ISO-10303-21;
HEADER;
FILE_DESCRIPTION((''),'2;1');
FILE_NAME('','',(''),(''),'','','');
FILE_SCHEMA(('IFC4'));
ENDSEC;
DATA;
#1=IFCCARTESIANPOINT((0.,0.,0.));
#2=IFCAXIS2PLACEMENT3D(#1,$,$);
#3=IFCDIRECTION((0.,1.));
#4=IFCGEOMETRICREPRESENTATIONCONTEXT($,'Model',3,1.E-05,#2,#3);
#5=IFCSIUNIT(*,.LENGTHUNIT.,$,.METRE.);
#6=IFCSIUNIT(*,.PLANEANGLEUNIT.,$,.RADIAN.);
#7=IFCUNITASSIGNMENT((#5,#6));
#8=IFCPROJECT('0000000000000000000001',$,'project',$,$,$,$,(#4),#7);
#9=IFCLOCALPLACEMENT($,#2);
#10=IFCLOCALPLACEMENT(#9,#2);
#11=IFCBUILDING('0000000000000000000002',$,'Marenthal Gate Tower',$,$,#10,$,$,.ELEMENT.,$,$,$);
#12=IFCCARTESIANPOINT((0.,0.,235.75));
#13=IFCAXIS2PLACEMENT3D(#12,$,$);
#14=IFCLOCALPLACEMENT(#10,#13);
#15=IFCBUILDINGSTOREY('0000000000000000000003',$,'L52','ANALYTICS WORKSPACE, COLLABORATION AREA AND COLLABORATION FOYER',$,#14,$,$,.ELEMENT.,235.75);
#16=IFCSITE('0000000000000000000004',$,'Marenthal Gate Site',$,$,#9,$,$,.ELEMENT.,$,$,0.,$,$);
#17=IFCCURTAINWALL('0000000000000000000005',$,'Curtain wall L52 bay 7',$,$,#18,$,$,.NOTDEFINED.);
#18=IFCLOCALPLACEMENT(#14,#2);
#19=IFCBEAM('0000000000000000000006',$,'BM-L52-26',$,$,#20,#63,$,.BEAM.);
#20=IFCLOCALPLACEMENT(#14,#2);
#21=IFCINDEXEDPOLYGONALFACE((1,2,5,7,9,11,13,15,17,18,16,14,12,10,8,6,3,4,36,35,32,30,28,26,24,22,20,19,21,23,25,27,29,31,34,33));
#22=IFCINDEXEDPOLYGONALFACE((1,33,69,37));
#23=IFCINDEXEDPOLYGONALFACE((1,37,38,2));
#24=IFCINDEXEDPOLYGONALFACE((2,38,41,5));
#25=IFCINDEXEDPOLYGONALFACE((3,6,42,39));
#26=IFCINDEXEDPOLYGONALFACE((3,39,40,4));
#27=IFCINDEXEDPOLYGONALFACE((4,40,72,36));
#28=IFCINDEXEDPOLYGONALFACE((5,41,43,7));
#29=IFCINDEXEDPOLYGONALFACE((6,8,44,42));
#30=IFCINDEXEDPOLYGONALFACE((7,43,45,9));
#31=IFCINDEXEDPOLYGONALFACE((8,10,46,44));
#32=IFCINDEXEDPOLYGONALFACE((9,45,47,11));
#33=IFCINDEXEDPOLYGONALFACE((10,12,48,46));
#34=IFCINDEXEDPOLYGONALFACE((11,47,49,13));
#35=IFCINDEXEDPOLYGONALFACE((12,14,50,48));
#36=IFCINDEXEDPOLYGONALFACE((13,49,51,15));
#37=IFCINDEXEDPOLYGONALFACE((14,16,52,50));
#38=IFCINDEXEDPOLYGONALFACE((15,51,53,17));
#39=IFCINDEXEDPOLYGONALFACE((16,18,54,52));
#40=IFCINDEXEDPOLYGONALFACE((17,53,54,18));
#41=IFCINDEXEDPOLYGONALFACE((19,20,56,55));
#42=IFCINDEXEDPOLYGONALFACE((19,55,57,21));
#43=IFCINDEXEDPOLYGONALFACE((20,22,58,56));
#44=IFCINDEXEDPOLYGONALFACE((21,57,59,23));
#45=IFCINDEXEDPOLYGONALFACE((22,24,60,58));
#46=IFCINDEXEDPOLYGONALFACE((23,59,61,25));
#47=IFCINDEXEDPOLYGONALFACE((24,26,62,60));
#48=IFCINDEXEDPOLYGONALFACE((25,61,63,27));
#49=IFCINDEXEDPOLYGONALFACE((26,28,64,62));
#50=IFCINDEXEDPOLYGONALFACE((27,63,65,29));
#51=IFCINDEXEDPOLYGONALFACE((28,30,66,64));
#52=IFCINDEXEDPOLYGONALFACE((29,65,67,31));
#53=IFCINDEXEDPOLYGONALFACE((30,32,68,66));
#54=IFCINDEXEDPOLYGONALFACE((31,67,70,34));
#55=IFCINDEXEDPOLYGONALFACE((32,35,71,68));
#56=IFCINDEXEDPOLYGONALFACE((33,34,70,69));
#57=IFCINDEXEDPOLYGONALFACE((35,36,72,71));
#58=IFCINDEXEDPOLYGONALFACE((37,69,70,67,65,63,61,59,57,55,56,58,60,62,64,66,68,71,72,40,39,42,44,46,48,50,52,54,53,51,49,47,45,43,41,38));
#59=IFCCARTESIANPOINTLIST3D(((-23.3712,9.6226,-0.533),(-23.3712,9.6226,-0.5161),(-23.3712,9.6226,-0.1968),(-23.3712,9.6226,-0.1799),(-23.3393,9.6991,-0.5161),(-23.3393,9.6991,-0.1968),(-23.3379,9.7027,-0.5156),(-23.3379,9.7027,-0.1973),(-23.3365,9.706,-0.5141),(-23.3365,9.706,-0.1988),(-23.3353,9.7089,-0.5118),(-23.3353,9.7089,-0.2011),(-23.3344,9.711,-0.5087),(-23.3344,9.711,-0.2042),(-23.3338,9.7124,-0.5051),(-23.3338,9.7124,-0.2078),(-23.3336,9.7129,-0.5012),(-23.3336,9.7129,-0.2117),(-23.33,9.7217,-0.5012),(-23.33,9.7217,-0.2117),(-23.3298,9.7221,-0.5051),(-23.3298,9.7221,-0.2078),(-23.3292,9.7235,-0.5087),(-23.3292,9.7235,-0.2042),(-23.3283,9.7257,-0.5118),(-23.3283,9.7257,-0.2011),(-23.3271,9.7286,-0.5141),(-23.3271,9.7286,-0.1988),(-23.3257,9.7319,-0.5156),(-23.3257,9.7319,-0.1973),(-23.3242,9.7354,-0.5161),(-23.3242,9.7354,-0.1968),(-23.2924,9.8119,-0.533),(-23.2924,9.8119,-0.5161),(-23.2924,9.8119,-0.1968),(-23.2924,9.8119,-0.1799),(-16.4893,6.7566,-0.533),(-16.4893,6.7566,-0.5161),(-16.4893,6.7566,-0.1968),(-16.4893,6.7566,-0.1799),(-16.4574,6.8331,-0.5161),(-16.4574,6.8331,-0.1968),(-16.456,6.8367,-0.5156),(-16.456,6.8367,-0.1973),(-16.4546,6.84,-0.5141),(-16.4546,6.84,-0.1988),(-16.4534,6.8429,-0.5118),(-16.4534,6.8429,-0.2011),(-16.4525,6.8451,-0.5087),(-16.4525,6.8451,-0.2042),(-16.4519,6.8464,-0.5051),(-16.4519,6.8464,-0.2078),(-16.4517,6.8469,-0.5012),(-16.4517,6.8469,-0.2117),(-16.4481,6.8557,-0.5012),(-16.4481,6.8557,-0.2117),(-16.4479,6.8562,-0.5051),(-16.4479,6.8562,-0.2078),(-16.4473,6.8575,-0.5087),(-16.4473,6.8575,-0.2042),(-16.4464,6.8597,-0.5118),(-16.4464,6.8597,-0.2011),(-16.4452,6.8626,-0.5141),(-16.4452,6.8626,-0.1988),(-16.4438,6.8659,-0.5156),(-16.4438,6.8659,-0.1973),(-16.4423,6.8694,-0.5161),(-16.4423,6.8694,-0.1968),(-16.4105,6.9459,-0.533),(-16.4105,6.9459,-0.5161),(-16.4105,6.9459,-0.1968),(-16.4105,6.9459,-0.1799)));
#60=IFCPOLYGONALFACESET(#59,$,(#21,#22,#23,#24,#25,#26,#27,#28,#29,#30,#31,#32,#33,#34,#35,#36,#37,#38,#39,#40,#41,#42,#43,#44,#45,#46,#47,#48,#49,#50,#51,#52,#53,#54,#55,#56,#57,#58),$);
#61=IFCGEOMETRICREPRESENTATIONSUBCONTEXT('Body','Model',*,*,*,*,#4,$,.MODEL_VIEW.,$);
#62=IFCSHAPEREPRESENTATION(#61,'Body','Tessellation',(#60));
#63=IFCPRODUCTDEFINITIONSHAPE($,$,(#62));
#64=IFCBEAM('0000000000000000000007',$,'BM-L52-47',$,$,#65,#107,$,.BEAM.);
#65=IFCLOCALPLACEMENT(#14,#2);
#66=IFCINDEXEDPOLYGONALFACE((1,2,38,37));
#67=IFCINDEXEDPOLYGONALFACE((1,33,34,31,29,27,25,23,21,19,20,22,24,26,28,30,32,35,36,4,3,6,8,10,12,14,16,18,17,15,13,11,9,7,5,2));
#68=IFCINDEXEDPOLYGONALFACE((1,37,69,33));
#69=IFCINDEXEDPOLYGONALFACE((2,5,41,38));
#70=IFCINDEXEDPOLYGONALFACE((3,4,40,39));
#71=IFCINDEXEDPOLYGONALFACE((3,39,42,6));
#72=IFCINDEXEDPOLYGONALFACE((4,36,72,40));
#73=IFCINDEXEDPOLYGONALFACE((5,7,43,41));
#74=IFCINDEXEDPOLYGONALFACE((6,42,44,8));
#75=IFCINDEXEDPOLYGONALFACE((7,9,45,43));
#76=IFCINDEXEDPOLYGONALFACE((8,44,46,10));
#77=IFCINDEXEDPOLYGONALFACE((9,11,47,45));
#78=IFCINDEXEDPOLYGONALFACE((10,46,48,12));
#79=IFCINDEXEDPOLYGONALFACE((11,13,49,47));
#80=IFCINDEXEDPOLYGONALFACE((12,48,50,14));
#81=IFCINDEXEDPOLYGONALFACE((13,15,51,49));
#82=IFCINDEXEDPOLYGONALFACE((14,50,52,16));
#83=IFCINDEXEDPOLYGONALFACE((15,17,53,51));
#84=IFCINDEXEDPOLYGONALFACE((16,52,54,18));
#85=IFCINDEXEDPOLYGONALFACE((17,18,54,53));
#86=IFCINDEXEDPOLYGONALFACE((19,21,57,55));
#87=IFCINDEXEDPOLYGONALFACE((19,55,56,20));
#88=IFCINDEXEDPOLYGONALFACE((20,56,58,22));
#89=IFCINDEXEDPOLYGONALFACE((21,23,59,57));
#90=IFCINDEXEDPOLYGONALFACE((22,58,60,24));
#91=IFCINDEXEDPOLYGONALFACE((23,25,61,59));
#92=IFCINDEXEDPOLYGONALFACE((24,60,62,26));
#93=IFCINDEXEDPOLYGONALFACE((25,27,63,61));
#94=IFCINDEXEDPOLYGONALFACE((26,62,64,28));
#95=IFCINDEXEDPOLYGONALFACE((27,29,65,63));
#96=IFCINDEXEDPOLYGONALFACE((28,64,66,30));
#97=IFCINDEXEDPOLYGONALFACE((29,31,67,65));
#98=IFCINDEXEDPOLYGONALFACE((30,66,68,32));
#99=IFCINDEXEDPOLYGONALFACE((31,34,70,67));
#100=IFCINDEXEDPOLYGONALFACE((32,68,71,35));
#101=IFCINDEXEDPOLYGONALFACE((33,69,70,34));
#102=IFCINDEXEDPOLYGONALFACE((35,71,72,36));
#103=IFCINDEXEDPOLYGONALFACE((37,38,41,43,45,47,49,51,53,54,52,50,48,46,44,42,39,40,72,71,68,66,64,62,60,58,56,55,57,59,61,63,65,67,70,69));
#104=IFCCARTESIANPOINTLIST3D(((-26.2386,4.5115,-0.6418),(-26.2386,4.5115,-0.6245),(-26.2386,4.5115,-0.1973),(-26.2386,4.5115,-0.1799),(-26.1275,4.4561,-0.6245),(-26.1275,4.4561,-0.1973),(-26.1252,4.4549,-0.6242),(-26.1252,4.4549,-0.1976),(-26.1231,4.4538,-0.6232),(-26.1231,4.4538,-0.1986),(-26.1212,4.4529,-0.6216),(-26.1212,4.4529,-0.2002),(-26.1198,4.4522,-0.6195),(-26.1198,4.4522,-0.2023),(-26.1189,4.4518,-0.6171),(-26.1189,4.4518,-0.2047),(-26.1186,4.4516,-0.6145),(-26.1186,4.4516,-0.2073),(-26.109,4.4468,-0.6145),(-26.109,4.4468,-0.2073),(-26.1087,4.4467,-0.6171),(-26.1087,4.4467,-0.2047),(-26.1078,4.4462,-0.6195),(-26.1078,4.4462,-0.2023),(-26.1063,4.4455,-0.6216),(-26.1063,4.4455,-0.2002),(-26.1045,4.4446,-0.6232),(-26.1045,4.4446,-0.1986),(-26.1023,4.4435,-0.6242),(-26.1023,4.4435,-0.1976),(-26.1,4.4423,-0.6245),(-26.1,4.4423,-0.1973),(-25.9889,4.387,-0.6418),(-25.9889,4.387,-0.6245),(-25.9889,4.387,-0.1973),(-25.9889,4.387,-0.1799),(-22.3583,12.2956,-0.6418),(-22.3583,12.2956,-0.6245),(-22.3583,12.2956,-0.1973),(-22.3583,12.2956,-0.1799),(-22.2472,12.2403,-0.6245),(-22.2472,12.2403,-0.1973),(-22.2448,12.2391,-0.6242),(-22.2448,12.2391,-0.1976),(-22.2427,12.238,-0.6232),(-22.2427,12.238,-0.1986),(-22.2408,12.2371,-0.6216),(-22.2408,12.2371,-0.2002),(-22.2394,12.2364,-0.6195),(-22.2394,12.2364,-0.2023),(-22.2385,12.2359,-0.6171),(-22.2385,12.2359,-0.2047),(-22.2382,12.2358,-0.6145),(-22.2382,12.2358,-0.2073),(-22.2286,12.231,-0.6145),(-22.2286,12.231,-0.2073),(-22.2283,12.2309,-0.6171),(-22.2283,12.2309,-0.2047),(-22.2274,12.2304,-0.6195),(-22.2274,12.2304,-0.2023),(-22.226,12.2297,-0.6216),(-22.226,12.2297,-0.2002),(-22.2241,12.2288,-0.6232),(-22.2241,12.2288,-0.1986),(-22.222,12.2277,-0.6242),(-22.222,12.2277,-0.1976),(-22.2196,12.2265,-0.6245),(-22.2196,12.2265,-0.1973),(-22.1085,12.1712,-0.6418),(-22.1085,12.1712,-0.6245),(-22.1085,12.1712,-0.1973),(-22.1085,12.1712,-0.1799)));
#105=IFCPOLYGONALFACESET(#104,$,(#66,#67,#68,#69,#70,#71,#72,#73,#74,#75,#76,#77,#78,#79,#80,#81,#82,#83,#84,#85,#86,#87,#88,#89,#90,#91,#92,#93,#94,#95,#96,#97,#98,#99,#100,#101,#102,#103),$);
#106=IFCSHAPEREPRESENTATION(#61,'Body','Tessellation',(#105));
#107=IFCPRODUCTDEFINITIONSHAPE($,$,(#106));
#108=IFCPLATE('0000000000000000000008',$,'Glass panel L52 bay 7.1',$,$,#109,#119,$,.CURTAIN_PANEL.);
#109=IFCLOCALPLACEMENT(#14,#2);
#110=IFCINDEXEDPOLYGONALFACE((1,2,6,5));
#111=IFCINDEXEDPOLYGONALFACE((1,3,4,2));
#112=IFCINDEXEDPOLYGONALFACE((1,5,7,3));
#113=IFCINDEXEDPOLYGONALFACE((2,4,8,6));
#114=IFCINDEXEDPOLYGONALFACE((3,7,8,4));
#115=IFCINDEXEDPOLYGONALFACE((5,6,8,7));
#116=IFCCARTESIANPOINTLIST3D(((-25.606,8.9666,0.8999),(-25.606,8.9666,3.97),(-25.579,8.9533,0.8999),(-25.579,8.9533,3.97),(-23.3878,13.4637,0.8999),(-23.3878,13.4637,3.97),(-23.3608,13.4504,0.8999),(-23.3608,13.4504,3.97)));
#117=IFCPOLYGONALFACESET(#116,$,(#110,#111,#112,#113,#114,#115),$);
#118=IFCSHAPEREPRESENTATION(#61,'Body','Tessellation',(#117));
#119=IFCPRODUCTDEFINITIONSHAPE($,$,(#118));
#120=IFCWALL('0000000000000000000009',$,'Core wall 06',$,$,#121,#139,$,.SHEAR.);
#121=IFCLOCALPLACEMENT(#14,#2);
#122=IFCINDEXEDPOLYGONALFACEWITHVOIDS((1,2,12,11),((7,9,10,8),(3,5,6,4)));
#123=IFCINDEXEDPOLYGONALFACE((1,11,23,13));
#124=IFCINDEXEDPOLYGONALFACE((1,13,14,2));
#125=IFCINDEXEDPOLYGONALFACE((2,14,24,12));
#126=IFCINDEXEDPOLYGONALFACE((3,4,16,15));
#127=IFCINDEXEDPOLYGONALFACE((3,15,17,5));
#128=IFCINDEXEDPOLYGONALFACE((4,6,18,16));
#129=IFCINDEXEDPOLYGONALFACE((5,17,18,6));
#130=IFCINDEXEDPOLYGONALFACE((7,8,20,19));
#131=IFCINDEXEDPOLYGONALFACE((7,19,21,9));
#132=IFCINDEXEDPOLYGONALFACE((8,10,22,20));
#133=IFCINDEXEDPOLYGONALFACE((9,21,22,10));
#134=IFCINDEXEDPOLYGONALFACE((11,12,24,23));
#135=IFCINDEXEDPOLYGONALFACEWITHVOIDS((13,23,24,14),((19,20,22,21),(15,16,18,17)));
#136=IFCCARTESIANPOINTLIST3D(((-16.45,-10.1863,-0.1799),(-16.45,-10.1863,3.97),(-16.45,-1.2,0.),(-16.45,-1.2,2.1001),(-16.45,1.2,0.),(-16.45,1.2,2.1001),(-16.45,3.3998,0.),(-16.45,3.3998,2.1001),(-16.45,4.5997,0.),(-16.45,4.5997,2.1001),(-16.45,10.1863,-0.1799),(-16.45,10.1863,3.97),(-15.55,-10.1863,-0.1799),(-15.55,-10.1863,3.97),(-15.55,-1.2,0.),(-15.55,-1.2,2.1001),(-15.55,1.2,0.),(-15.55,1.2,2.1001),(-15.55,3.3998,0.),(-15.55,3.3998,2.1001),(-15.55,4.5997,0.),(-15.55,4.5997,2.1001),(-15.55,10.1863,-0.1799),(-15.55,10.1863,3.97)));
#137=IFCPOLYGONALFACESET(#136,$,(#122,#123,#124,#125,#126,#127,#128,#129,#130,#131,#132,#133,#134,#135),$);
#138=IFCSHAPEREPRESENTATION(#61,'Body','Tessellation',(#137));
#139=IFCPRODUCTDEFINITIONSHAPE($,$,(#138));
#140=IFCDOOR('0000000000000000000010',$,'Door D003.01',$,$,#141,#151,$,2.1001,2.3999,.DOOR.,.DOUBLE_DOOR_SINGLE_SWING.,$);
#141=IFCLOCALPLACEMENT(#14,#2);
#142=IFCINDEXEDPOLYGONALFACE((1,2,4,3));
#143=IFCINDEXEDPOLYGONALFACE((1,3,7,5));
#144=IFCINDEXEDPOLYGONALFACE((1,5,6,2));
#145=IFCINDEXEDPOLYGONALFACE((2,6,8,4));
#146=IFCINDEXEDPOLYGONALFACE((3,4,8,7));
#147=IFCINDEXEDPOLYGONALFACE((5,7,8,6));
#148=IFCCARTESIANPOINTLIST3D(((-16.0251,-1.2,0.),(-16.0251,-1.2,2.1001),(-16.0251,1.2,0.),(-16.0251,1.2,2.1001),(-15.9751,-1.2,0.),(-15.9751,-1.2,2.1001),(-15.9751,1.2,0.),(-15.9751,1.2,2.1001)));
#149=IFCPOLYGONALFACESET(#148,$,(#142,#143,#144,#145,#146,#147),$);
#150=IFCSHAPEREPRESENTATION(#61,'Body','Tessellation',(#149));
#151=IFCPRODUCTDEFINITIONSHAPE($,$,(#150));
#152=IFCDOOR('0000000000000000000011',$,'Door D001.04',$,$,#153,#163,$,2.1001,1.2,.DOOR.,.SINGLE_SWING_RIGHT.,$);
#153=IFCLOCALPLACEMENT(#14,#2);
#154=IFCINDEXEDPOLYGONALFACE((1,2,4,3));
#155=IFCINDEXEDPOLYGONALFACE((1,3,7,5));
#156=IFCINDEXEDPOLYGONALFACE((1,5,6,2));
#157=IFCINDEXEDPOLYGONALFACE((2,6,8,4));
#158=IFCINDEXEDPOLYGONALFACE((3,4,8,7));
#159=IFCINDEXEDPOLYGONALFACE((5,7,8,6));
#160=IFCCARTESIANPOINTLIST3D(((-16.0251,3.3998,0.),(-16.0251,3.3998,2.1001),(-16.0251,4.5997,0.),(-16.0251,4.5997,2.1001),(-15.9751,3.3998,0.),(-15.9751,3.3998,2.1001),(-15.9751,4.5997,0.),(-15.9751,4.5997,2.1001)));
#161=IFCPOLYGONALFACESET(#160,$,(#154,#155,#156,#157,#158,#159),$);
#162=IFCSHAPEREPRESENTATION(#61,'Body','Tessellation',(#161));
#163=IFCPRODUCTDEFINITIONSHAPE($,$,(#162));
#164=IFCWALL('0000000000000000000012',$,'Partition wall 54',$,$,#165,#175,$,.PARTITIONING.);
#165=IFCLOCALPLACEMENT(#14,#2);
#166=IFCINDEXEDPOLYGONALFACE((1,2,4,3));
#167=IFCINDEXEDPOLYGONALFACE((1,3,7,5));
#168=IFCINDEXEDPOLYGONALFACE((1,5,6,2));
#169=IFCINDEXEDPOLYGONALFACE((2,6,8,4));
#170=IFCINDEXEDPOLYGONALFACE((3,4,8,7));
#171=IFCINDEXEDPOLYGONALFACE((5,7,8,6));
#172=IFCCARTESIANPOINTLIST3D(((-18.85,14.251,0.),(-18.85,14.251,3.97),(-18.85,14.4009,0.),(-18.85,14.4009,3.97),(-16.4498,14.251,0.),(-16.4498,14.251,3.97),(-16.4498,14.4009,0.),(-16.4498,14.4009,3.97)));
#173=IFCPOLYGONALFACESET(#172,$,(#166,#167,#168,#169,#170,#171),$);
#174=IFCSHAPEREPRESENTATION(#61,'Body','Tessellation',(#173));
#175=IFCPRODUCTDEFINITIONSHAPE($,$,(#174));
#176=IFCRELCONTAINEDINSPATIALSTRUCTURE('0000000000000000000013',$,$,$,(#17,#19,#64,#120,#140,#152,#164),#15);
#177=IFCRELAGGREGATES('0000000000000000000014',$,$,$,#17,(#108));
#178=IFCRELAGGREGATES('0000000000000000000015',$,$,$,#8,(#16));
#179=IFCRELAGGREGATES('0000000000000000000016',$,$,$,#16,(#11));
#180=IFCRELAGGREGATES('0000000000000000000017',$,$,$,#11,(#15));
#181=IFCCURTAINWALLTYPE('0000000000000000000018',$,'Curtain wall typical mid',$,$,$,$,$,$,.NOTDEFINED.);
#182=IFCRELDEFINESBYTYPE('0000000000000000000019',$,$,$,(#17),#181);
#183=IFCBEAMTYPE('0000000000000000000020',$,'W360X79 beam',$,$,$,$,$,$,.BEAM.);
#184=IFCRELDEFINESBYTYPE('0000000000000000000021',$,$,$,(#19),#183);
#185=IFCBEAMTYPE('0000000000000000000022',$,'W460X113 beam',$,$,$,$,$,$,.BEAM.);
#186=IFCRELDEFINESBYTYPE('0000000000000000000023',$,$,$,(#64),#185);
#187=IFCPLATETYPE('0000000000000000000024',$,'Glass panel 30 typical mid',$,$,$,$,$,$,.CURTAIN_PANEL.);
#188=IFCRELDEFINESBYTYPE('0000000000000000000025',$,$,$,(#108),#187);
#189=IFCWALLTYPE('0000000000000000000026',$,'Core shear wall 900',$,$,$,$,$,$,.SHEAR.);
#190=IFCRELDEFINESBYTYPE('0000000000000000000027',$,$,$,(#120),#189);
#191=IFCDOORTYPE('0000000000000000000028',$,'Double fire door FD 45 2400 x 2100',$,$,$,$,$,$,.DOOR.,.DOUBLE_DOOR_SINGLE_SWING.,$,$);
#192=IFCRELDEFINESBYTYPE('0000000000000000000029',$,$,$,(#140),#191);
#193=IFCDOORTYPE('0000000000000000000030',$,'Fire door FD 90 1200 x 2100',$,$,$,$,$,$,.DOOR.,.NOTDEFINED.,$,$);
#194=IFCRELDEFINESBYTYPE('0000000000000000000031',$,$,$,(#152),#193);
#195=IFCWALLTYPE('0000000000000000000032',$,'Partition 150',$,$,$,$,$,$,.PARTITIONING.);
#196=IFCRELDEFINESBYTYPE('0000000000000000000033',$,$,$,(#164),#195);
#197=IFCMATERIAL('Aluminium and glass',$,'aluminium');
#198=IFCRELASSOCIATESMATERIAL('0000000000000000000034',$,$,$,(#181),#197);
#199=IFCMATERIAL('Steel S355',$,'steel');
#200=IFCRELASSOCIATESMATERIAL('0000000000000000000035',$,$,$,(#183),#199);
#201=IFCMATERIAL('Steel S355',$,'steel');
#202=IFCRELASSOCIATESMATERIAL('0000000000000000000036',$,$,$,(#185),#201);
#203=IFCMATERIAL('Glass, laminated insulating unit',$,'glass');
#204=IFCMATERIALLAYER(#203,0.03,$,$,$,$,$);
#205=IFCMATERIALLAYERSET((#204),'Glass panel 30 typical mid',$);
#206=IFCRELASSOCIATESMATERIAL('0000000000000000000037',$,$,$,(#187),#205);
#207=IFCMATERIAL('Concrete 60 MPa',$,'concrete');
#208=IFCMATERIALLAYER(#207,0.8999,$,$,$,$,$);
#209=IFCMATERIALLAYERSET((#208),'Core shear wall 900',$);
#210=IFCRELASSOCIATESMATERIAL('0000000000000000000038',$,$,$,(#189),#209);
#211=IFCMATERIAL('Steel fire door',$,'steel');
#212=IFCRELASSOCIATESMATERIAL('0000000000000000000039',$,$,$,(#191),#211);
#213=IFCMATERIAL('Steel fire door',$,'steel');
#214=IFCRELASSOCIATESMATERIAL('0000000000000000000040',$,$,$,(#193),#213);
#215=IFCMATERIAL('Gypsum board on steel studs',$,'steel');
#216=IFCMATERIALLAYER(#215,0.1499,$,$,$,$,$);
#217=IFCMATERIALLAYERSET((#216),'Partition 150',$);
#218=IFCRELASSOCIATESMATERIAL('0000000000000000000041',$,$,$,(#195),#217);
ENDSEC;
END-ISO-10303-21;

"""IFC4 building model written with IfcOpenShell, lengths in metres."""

from ifc_helpers import new_model, si_unit, direction, frame, frame_2d, origin, origin_2d, place, context, subcontext, project, spatial, rectangle, i_section, extrude, material, layer, layer_set, material_profile, profile_set, type_object, element, fill, aggregate, save


model = new_model("IFC4")

# Units and contexts
model_context = context("Model", 3, precision=1e-05, world=origin(), true_north=direction((0.0, 1.0)))
body_context = subcontext(model_context, "Body", "Model", "MODEL_VIEW")
ifc_project = project(units=[si_unit("LENGTHUNIT", "METRE"), si_unit("PLANEANGLEUNIT", "RADIAN")], contexts=[model_context])

# Site, building, storey
site_placement = place(None, origin())
site = spatial("IfcSite", under=ifc_project, at=site_placement, Name="Marenthal Gate Site", CompositionType="ELEMENT", RefElevation=0.0)
building_placement = place(site_placement, origin())
building = spatial("IfcBuilding", under=site, at=building_placement, Name="Marenthal Gate Tower", CompositionType="ELEMENT")
storey_placement = place(building_placement, frame((0.0, 0.0, 235.75)))
storey = spatial("IfcBuildingStorey", under=building, at=storey_placement, Name="L52", Description="ANALYTICS WORKSPACE, COLLABORATION AREA AND COLLABORATION FOYER", CompositionType="ELEMENT", Elevation=235.75)

# Curtain wall
ifc_material_1 = material(Name="Aluminium and glass", Category="aluminium")
curtain_wall_type = type_object("IfcCurtainWallType", Name="Curtain wall typical mid", PredefinedType="NOTDEFINED", material=ifc_material_1)
curtain_wall_placement = place(storey_placement, origin())
curtain_wall = element("IfcCurtainWall", 1, at=curtain_wall_placement, inside=storey, type_object=curtain_wall_type, Name="Curtain wall L52 bay 7", PredefinedType="NOTDEFINED")

# Beams
ifc_material_2 = material(Name="Steel S355", Category="steel")
ifc_material_profile_1 = material_profile(ifc_material_2, i_section(OverallWidth=0.2051, OverallDepth=0.353, WebThickness=0.0095, FlangeThickness=0.0168, FilletRadius=0.0149, at=origin_2d()), Name="W360X79")
ifc_profile_set_1 = profile_set([ifc_material_profile_1], Name="Steel S355")
beam_type_1 = type_object("IfcBeamType", Name="W360X79 beam", PredefinedType="BEAM", material=ifc_profile_set_1)
beam_1_placement = place(storey_placement, frame((-23.3318, 9.7173, -0.3564), z_axis=(0.923147, -0.384448, 0.0), x_axis=(0.384448, 0.923147, 0.0)))
element("IfcBeam", 2, at=beam_1_placement, inside=storey, type_object=beam_type_1, Name="BM-L52-26", PredefinedType="BEAM", context=body_context, shape_type="SweptSolid", body=[
    extrude(i_section(OverallWidth=0.2051, OverallDepth=0.353, WebThickness=0.0095, FlangeThickness=0.0168, FilletRadius=0.0149, at=origin_2d()), origin(), (0.0, 0.0, 1.0), 7.4548),
])
ifc_material_3 = material(Name="Steel S355", Category="steel")
ifc_material_profile_2 = material_profile(ifc_material_3, i_section(OverallWidth=0.2791, OverallDepth=0.4619, WebThickness=0.0107, FlangeThickness=0.0173, FilletRadius=0.01, at=origin_2d()), Name="W460X113")
ifc_profile_set_2 = profile_set([ifc_material_profile_2], Name="Steel S355")
beam_type_2 = type_object("IfcBeamType", Name="W460X113 beam", PredefinedType="BEAM", material=ifc_profile_set_2)
beam_2_placement = place(storey_placement, frame((-22.2334, 12.2334, -0.4109), z_axis=(-0.446135, -0.894965, 0.0), x_axis=(0.894965, -0.446135, 0.0)))
element("IfcBeam", 3, at=beam_2_placement, inside=storey, type_object=beam_type_2, Name="BM-L52-47", PredefinedType="BEAM", context=body_context, shape_type="SweptSolid", body=[
    extrude(i_section(OverallWidth=0.2791, OverallDepth=0.4619, WebThickness=0.0107, FlangeThickness=0.0173, FilletRadius=0.01, at=origin_2d()), origin(), (0.0, 0.0, 1.0), 8.6978),
])

# Plate
ifc_material_4 = material(Name="Glass, laminated insulating unit", Category="glass")
ifc_layer_1 = layer(ifc_material_4, 0.03)
ifc_layer_set_1 = layer_set([ifc_layer_1], Name="Glass panel 30 typical mid")
plate_type = type_object("IfcPlateType", Name="Glass panel 30 typical mid", PredefinedType="CURTAIN_PANEL", material=ifc_layer_set_1)
plate_placement = place(storey_placement, frame((-24.4834, 11.2085, 0.8999), z_axis=(0.0, 0.0, 1.0), x_axis=(-0.442364, -0.896835, 0.0)))
plate = element("IfcPlate", 4, at=plate_placement, type_object=plate_type, Name="Glass panel L52 bay 7.1", PredefinedType="CURTAIN_PANEL", context=body_context, shape_type="SweptSolid", body=[
    extrude(rectangle(XDim=5.0144, YDim=0.03, at=origin_2d()), origin(), (0.0, 0.0, 1.0), 3.0701),
])
aggregate(curtain_wall, [plate])

# Wall, openings, doors
ifc_material_5 = material(Name="Concrete 60 MPa", Category="concrete")
ifc_layer_2 = layer(ifc_material_5, 0.8999)
ifc_layer_set_2 = layer_set([ifc_layer_2], Name="Core shear wall 900")
wall_type_1 = type_object("IfcWallType", Name="Core shear wall 900", PredefinedType="SHEAR", material=ifc_layer_set_2)
wall_1_placement = place(storey_placement, frame((-16.0, 10.1863, -0.1799), z_axis=(0.0, 0.0, 1.0), x_axis=(0.0, -1.0, 0.0)))
wall_1 = element("IfcWall", 5, at=wall_1_placement, inside=storey, type_object=wall_type_1, Name="Core wall 06", PredefinedType="SHEAR", context=body_context, shape_type="SweptSolid", body=[
    extrude(rectangle(XDim=20.3726, YDim=0.8999, at=frame_2d((10.1863, 0.0))), origin(), (0.0, 0.0, 1.0), 4.1499),
])
opening_1_placement = place(wall_1_placement, frame((8.9863, 0.0, 0.1799)))
opening_1 = element("IfcOpeningElement", 6, at=opening_1_placement, cuts=wall_1, PredefinedType="OPENING", context=body_context, shape_type="SweptSolid", body=[
    extrude(rectangle(XDim=2.3999, YDim=2.1001, at=frame_2d((1.2, 1.05))), frame((0.0, 0.46, 0.0), z_axis=(0.0, -1.0, 0.0), x_axis=(1.0, 0.0, 0.0)), (0.0, 0.0, 1.0), 0.9199),
])
opening_2_placement = place(wall_1_placement, frame((5.5864, 0.0, 0.1799)))
opening_2 = element("IfcOpeningElement", 7, at=opening_2_placement, cuts=wall_1, PredefinedType="OPENING", context=body_context, shape_type="SweptSolid", body=[
    extrude(rectangle(XDim=1.2, YDim=2.1001, at=frame_2d((0.6001, 1.05))), frame((0.0, 0.46, 0.0), z_axis=(0.0, -1.0, 0.0), x_axis=(1.0, 0.0, 0.0)), (0.0, 0.0, 1.0), 0.9199),
])
ifc_material_6 = material(Name="Steel fire door", Category="steel")
door_type_1 = type_object("IfcDoorType", Name="Double fire door FD 45 2400 x 2100", OperationType="DOUBLE_DOOR_SINGLE_SWING", PredefinedType="DOOR", material=ifc_material_6)
door_1_placement = place(opening_1_placement, origin())
door_1 = element("IfcDoor", 8, at=door_1_placement, inside=storey, type_object=door_type_1, Name="Door D003.01", OperationType="DOUBLE_DOOR_SINGLE_SWING", OverallHeight=2.1001, OverallWidth=2.3999, PredefinedType="DOOR", context=body_context, shape_type="SweptSolid", body=[
    extrude(rectangle(XDim=2.3999, YDim=2.1001, at=frame_2d((1.2, 1.05))), frame((0.0, 0.0249, 0.0), z_axis=(0.0, -1.0, 0.0), x_axis=(1.0, 0.0, 0.0)), (0.0, 0.0, 1.0), 0.05),
])
fill(opening_1, door_1)
ifc_material_7 = material(Name="Steel fire door", Category="steel")
door_type_2 = type_object("IfcDoorType", Name="Fire door FD 90 1200 x 2100", OperationType="NOTDEFINED", PredefinedType="DOOR", material=ifc_material_7)
door_2_placement = place(opening_2_placement, origin())
door_2 = element("IfcDoor", 9, at=door_2_placement, inside=storey, type_object=door_type_2, Name="Door D001.04", OperationType="SINGLE_SWING_RIGHT", OverallHeight=2.1001, OverallWidth=1.2, PredefinedType="DOOR", context=body_context, shape_type="SweptSolid", body=[
    extrude(rectangle(XDim=1.2, YDim=2.1001, at=frame_2d((0.6001, 1.05))), frame((0.0, 0.0249, 0.0), z_axis=(0.0, -1.0, 0.0), x_axis=(1.0, 0.0, 0.0)), (0.0, 0.0, 1.0), 0.05),
])
fill(opening_2, door_2)

# Wall
ifc_material_8 = material(Name="Gypsum board on steel studs", Category="steel")
ifc_layer_3 = layer(ifc_material_8, 0.1499)
ifc_layer_set_3 = layer_set([ifc_layer_3], Name="Partition 150")
wall_type_2 = type_object("IfcWallType", Name="Partition 150", PredefinedType="PARTITIONING", material=ifc_layer_set_3)
wall_2_placement = place(storey_placement, frame((-18.8501, 14.3259, 0.0), z_axis=(0.0, 0.0, 1.0), x_axis=(1.0, 0.0, 0.0)))
element("IfcWall", 10, at=wall_2_placement, inside=storey, type_object=wall_type_2, Name="Partition wall 54", PredefinedType="PARTITIONING", context=body_context, shape_type="SweptSolid", body=[
    extrude(rectangle(XDim=2.4001, YDim=0.1499, at=frame_2d((1.2002, 0.0))), origin(), (0.0, 0.0, 1.0), 3.97),
])

save(model, "model.ifc")
